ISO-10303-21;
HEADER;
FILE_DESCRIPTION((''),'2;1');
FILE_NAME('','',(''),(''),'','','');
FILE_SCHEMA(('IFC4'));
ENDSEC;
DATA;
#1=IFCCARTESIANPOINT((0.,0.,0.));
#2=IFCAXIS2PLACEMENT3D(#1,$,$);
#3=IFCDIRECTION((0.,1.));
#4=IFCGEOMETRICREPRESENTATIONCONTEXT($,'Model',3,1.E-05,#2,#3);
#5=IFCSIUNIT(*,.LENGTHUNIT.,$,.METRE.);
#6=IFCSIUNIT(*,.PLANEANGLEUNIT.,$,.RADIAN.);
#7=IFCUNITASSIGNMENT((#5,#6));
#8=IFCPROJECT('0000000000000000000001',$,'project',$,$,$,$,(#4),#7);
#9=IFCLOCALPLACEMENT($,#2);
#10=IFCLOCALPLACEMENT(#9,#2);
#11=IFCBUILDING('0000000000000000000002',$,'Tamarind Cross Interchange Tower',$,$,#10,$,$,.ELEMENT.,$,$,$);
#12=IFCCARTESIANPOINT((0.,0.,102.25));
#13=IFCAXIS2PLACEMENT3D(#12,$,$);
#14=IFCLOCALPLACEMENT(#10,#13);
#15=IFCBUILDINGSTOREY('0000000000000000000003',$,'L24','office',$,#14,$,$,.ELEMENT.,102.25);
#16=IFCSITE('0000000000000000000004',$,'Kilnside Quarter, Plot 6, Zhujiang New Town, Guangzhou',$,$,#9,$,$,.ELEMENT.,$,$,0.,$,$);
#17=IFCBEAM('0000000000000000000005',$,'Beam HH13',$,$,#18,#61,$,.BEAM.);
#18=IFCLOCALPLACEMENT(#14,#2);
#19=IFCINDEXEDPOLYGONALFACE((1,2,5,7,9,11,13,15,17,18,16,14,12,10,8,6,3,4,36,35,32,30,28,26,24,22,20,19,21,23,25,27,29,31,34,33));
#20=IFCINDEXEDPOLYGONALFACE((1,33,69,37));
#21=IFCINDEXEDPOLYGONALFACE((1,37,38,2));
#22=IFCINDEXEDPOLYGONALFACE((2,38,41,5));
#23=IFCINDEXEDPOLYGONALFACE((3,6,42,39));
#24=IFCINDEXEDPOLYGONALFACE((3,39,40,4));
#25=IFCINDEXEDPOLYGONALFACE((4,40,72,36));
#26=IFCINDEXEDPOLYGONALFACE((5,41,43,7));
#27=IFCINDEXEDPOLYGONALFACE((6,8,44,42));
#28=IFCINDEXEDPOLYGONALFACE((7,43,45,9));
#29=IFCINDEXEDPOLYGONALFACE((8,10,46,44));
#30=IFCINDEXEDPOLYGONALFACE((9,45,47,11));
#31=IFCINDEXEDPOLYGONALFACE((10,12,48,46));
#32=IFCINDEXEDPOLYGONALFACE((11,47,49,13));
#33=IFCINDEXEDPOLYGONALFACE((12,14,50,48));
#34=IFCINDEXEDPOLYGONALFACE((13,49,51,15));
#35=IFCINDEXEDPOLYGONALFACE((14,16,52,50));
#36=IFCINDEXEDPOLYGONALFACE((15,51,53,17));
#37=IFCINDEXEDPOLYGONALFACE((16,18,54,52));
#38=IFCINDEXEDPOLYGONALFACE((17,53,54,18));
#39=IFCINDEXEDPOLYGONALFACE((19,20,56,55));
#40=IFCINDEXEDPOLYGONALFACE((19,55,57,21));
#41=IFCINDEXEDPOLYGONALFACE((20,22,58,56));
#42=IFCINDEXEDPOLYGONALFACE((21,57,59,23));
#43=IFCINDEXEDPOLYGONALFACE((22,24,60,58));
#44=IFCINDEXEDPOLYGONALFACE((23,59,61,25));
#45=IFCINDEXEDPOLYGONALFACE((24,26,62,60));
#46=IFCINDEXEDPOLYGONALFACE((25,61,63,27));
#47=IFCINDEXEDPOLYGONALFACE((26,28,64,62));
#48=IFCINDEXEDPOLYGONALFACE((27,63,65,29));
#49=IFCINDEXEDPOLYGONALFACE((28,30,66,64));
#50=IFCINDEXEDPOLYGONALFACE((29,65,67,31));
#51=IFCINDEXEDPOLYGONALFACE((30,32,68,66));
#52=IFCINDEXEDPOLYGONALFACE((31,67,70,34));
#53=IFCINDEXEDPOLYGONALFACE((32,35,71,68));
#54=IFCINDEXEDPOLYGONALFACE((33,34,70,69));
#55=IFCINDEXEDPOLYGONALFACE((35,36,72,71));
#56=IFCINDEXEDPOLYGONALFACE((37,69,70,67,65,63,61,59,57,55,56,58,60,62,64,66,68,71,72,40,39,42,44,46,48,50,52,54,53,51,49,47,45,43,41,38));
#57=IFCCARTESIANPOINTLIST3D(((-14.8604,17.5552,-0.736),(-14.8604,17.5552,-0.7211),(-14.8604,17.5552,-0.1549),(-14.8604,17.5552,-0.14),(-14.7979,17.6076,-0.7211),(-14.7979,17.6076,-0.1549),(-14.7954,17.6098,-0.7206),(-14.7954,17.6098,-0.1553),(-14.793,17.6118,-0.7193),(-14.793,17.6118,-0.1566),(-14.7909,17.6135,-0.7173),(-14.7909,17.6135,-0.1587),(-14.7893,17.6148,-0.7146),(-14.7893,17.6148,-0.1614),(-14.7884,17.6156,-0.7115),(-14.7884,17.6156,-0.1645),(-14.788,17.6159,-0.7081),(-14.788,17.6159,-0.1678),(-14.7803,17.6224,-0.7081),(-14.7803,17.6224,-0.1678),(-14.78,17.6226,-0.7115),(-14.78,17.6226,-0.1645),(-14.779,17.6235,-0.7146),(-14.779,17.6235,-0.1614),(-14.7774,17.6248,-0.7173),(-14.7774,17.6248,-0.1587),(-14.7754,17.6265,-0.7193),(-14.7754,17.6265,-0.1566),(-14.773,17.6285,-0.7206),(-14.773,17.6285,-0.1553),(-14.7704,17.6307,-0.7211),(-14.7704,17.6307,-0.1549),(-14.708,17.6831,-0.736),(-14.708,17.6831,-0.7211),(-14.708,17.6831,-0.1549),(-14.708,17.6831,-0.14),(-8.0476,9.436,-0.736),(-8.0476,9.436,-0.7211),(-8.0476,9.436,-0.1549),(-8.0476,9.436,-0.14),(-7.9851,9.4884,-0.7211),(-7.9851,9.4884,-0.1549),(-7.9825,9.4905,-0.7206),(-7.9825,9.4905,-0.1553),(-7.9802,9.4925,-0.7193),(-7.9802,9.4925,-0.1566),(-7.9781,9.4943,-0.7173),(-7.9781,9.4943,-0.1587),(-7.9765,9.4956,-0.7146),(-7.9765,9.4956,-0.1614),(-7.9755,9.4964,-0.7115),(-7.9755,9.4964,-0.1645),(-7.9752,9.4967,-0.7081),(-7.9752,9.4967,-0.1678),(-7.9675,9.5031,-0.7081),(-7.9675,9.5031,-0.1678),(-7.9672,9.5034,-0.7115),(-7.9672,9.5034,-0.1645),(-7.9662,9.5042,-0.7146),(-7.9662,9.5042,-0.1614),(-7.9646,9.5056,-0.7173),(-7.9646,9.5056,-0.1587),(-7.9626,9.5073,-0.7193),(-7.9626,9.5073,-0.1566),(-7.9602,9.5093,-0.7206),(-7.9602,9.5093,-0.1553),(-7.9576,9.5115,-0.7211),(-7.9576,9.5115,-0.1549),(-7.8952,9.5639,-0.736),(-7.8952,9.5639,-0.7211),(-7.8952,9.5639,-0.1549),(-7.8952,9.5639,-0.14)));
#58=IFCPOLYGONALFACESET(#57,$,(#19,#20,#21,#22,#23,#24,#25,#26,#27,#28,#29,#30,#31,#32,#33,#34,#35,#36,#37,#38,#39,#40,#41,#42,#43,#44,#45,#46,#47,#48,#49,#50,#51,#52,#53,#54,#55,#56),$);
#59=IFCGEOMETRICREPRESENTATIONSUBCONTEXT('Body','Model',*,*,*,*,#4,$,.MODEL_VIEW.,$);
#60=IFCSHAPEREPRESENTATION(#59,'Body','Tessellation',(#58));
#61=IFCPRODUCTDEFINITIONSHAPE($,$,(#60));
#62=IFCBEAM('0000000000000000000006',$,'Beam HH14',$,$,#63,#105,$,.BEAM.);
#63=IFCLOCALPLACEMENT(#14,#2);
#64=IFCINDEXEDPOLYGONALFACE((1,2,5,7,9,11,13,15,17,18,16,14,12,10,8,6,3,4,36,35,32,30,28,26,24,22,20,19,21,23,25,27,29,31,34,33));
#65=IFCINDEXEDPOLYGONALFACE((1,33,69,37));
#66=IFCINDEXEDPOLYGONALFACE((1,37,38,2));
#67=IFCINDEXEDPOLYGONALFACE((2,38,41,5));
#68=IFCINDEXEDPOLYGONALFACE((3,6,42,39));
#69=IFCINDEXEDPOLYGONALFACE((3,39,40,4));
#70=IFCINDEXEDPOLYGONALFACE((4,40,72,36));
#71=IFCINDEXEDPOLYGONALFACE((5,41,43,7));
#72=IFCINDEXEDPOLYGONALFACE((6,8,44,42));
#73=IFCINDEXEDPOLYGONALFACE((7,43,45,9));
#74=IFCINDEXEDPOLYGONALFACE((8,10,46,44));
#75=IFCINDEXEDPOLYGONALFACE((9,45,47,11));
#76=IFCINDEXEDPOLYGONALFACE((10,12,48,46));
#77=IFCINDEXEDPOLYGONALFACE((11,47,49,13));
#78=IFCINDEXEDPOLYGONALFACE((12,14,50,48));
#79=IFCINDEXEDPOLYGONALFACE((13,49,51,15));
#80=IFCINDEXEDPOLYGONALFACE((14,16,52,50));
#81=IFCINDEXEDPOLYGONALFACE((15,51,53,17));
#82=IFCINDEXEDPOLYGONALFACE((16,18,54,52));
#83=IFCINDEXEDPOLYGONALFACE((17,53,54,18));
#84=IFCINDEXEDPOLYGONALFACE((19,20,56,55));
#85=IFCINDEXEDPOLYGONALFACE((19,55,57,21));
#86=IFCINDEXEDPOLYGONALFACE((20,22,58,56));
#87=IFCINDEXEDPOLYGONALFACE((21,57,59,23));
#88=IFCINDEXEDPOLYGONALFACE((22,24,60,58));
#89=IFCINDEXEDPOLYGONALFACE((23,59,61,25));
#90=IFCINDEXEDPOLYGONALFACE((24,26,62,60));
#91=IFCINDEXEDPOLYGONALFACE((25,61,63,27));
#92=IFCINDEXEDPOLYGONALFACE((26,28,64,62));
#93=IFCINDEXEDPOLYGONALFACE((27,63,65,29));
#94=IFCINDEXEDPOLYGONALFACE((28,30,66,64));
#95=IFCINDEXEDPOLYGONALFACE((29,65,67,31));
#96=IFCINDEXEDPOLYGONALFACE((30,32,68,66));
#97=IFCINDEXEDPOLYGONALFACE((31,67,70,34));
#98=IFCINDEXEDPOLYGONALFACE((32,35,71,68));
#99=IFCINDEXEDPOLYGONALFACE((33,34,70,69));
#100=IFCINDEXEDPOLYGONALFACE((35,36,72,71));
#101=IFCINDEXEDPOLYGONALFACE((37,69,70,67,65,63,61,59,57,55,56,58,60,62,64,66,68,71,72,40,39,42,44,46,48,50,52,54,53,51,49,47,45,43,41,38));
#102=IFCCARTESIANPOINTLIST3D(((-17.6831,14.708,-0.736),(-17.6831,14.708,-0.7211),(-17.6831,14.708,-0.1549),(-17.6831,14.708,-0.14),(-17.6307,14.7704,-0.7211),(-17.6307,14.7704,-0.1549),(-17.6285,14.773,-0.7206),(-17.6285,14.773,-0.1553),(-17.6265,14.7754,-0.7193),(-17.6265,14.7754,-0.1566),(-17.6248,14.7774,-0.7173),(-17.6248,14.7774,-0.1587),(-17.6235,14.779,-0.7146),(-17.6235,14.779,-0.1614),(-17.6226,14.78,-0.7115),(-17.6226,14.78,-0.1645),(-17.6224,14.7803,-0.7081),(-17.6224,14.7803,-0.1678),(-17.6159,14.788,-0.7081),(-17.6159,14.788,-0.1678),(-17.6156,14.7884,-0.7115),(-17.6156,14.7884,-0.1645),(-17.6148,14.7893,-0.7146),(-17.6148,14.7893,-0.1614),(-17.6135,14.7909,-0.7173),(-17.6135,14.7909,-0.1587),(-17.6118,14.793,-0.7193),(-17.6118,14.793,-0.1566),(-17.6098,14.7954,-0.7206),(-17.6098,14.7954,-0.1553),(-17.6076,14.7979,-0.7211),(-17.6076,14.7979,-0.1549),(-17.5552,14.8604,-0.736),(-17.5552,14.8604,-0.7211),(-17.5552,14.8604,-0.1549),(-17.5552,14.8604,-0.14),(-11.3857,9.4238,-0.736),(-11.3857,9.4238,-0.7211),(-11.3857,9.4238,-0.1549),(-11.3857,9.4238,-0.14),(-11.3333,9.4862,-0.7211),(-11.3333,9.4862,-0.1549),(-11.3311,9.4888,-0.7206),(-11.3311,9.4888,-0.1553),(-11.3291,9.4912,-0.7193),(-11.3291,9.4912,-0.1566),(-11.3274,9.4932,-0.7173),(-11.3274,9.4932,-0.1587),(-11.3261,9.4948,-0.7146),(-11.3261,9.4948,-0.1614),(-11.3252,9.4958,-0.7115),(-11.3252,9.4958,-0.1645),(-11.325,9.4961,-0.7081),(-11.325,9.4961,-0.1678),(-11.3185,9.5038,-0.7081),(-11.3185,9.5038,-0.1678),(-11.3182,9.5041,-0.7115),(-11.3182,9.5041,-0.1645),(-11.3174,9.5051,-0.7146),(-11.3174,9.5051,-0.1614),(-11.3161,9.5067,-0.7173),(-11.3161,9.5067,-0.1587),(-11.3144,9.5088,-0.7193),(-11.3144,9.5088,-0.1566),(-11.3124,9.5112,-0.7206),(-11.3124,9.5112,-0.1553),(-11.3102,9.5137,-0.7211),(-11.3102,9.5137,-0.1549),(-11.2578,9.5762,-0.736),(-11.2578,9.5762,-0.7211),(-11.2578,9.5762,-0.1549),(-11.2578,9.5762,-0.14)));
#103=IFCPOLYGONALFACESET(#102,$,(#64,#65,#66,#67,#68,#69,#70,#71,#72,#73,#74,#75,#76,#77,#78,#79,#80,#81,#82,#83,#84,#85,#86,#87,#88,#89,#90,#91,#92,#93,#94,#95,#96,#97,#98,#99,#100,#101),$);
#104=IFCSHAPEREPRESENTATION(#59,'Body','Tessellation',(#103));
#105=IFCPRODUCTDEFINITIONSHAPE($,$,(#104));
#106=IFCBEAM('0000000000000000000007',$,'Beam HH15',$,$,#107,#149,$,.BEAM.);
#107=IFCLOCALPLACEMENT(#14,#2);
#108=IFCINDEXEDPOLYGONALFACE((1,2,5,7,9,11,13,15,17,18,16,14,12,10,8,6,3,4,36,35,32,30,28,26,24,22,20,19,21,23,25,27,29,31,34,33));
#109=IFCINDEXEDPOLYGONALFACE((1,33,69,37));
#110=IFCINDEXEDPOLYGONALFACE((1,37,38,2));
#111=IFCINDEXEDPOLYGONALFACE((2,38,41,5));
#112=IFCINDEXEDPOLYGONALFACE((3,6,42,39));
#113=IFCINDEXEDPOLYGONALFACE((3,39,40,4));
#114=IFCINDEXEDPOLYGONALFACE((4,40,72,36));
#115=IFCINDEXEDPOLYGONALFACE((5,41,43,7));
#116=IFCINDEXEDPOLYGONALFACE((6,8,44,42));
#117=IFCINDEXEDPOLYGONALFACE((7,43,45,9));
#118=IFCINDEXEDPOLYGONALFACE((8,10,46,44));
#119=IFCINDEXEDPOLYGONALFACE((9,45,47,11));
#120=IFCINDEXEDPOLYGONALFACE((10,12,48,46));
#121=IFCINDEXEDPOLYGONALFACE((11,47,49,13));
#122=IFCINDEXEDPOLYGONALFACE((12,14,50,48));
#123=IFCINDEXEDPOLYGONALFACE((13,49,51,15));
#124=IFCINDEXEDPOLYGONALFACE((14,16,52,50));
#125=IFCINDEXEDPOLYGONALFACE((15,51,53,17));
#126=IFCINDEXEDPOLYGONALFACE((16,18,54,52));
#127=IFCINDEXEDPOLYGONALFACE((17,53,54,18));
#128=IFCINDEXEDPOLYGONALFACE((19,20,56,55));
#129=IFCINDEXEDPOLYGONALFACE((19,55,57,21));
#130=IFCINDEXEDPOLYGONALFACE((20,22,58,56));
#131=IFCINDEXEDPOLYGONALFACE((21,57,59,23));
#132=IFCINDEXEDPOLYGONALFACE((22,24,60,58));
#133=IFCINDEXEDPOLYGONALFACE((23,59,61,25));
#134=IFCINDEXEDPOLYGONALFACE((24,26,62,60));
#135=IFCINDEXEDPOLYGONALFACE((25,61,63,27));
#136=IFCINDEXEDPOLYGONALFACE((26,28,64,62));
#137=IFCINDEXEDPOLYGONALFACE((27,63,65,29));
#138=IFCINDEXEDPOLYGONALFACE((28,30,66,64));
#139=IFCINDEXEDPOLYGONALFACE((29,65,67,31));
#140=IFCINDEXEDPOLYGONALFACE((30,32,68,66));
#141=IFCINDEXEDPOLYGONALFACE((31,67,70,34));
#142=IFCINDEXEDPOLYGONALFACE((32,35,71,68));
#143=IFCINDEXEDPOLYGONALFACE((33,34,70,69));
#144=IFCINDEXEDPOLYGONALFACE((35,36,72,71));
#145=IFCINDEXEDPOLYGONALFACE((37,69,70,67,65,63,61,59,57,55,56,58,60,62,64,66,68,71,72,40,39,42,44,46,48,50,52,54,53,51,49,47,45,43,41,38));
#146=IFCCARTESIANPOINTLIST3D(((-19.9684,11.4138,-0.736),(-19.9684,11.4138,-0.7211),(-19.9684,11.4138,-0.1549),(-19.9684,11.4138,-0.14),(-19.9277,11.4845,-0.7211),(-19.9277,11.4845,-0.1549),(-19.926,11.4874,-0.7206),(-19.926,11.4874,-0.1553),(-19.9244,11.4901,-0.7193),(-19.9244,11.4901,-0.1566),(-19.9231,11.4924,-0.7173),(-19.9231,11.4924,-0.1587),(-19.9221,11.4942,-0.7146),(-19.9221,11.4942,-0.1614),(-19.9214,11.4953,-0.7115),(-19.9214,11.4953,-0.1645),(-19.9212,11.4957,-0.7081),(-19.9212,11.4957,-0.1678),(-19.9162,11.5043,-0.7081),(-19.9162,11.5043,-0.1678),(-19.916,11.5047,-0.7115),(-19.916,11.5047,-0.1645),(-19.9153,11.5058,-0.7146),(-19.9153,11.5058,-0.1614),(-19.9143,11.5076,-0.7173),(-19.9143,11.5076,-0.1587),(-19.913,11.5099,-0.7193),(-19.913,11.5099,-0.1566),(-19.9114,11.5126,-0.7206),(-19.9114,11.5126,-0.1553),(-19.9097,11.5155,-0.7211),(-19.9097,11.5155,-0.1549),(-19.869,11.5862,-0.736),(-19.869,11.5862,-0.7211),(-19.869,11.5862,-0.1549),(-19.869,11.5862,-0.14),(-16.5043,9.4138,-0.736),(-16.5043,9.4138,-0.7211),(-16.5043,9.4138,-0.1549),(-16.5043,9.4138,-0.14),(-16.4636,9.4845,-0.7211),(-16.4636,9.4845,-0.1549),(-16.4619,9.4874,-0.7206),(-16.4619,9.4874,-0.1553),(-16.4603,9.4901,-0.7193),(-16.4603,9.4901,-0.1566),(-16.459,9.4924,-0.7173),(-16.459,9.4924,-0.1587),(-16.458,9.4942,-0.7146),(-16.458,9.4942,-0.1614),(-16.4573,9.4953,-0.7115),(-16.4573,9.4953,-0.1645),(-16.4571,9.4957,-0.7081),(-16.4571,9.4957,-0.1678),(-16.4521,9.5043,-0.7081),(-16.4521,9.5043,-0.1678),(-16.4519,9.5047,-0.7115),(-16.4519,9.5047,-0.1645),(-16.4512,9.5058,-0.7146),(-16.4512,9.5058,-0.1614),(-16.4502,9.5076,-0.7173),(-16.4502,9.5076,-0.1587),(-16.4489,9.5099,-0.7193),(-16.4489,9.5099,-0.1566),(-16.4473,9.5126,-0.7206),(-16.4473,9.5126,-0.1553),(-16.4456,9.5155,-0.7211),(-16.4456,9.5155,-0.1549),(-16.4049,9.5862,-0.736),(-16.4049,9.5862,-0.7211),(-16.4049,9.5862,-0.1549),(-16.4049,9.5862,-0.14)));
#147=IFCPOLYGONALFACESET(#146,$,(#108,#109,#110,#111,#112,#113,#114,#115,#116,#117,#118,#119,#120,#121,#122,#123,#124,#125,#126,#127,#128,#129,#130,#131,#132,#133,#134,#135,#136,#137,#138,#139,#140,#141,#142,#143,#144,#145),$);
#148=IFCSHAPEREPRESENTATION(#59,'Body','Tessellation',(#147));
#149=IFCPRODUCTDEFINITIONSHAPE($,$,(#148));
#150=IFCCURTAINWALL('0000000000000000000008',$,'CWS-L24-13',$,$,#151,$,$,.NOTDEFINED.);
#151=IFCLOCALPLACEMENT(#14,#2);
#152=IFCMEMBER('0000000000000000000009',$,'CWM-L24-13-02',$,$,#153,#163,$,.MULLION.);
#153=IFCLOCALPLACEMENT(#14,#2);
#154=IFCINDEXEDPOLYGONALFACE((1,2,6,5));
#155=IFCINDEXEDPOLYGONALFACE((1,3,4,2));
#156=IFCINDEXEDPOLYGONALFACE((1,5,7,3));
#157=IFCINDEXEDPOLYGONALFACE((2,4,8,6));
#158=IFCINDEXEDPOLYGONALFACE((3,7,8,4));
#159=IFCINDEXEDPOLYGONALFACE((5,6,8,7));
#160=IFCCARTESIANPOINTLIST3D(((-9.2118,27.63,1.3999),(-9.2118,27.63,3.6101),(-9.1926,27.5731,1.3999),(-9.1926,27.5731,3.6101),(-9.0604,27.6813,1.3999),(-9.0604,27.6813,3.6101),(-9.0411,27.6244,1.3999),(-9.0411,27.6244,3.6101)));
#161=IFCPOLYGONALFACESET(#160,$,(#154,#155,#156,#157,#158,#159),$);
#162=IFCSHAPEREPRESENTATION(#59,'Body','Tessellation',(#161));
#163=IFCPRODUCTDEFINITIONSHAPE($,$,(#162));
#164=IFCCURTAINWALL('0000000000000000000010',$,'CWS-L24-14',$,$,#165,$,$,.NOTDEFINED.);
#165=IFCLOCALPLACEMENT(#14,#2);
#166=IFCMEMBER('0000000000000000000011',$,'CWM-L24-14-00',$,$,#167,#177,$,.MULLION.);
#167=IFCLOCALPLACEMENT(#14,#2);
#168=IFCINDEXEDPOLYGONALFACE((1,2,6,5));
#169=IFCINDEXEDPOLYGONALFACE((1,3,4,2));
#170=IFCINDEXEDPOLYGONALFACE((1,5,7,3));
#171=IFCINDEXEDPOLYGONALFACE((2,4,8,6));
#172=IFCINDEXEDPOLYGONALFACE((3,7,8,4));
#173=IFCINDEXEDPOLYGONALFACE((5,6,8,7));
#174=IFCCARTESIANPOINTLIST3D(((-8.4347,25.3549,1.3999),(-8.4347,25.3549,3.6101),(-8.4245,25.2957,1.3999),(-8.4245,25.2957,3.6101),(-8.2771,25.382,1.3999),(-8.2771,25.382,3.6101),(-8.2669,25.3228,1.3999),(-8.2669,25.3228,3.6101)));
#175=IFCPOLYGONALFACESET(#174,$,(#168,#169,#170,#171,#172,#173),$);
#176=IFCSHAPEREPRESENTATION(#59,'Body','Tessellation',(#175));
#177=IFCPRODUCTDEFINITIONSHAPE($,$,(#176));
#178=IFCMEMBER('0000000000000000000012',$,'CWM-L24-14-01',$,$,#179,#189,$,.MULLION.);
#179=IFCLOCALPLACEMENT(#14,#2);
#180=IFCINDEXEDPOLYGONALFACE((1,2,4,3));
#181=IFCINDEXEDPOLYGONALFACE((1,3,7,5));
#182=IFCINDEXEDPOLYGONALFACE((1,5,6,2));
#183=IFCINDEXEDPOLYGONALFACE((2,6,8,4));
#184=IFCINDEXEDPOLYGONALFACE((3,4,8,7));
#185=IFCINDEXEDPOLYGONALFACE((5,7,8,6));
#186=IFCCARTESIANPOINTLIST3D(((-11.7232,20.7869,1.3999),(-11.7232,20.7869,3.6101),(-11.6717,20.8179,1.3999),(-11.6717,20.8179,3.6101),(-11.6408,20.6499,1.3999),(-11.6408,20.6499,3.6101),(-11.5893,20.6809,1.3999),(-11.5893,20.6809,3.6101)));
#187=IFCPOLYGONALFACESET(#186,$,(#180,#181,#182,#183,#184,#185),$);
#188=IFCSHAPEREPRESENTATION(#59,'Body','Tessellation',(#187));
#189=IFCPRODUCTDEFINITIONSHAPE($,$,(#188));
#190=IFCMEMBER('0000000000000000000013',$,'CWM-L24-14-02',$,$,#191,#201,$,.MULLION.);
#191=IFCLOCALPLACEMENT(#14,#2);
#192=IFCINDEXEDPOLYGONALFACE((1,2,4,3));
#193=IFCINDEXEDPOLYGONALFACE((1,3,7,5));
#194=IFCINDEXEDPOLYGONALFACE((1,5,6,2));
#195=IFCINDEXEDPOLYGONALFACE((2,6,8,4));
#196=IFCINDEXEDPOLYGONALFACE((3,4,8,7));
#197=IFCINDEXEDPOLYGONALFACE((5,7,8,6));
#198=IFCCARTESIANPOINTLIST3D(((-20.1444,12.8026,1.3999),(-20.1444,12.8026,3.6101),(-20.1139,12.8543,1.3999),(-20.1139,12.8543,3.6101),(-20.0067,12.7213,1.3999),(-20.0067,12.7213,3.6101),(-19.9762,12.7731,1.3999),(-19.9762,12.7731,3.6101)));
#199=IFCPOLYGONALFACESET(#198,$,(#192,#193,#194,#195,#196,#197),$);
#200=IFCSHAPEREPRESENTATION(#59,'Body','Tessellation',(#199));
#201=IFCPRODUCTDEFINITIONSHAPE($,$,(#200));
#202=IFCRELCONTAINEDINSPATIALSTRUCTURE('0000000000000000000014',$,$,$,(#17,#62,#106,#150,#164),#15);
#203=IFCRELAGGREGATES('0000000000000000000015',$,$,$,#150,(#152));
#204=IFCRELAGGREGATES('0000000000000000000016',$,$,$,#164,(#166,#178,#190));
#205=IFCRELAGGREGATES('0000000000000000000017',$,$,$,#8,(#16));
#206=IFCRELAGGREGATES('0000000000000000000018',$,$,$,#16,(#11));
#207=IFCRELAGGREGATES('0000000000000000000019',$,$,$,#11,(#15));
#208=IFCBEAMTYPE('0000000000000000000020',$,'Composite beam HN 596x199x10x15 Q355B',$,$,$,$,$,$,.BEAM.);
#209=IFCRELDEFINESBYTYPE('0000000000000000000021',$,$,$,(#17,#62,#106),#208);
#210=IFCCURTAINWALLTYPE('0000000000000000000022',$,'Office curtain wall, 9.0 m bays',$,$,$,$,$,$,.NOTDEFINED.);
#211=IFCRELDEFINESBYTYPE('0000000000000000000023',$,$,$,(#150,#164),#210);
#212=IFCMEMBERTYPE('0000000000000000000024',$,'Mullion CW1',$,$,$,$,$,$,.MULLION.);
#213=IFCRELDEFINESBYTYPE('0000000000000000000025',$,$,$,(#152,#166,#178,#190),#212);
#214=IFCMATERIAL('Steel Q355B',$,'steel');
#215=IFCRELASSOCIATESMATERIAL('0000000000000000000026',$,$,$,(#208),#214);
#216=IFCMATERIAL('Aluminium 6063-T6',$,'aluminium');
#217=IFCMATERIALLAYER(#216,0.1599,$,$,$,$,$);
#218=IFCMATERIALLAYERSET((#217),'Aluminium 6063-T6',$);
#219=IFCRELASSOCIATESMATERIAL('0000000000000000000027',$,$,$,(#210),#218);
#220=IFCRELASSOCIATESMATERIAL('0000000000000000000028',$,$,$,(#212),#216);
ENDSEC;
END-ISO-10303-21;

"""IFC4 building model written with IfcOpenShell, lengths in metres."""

from ifc_helpers import new_model, si_unit, direction, frame, origin, origin_2d, place, context, subcontext, project, spatial, rectangle, i_section, extrude, material, layer, layer_set, material_profile, profile_set, type_object, element, aggregate, save


model = new_model("IFC4")

# Units and contexts
model_context = context("Model", 3, precision=1e-05, world=origin(), true_north=direction((0.0, 1.0)))
body_context = subcontext(model_context, "Body", "Model", "MODEL_VIEW")
ifc_project = project(units=[si_unit("LENGTHUNIT", "METRE"), si_unit("PLANEANGLEUNIT", "RADIAN")], contexts=[model_context])

# Site, building, storey
site_placement = place(None, origin())
site = spatial("IfcSite", under=ifc_project, at=site_placement, Name="Kilnside Quarter, Plot 6, Zhujiang New Town, Guangzhou", CompositionType="ELEMENT", RefElevation=0.0)
building_placement = place(site_placement, origin())
building = spatial("IfcBuilding", under=site, at=building_placement, Name="Tamarind Cross Interchange Tower", CompositionType="ELEMENT")
storey_placement = place(building_placement, frame((0.0, 0.0, 102.25)))
storey = spatial("IfcBuildingStorey", under=building, at=storey_placement, Name="L24", Description="office", CompositionType="ELEMENT", Elevation=102.25)

# Beams
ifc_material_1 = material(Name="Steel Q355B", Category="steel")
ifc_material_profile_1 = material_profile(ifc_material_1, i_section(OverallWidth=0.199, OverallDepth=0.5959, WebThickness=0.01, FlangeThickness=0.0149, FilletRadius=0.0129, at=origin_2d()), Name="HN 596x199x10x15")
ifc_profile_set_1 = profile_set([ifc_material_profile_1], Name="Steel Q355B")
beam_type = type_object("IfcBeamType", Name="Composite beam HN 596x199x10x15 Q355B", PredefinedType="BEAM", material=ifc_profile_set_1)
beam_1_placement = place(storey_placement, frame((-14.7842, 17.6191, -0.438), z_axis=(0.642786, -0.766046, 0.0), x_axis=(0.766046, 0.642786, 0.0)))
element("IfcBeam", 1, at=beam_1_placement, inside=storey, type_object=beam_type, Name="Beam HH13", PredefinedType="BEAM", context=body_context, shape_type="SweptSolid", body=[
    extrude(i_section(OverallWidth=0.199, OverallDepth=0.5959, WebThickness=0.01, FlangeThickness=0.0149, FilletRadius=0.0129, at=origin_2d()), origin(), (0.0, 0.0, 1.0), 10.5989),
])
beam_2_placement = place(storey_placement, frame((-17.6191, 14.7842, -0.438), z_axis=(0.766041, -0.642792, 0.0), x_axis=(0.642792, 0.766041, 0.0)))
element("IfcBeam", 2, at=beam_2_placement, inside=storey, type_object=beam_type, Name="Beam HH14", PredefinedType="BEAM", context=body_context, shape_type="SweptSolid", body=[
    extrude(i_section(OverallWidth=0.199, OverallDepth=0.5959, WebThickness=0.01, FlangeThickness=0.0149, FilletRadius=0.0129, at=origin_2d()), origin(), (0.0, 0.0, 1.0), 8.2207),
])
beam_3_placement = place(storey_placement, frame((-19.9187, 11.5, -0.438), z_axis=(0.866026, -0.499999, 0.0), x_axis=(0.499999, 0.866026, 0.0)))
element("IfcBeam", 3, at=beam_3_placement, inside=storey, type_object=beam_type, Name="Beam HH15", PredefinedType="BEAM", context=body_context, shape_type="SweptSolid", body=[
    extrude(i_section(OverallWidth=0.199, OverallDepth=0.5959, WebThickness=0.01, FlangeThickness=0.0149, FilletRadius=0.0129, at=origin_2d()), origin(), (0.0, 0.0, 1.0), 4.0),
])

# Curtain wall, member
ifc_material_2 = material(Name="Aluminium 6063-T6", Category="aluminium")
ifc_layer_1 = layer(ifc_material_2, 0.1599)
ifc_layer_set_1 = layer_set([ifc_layer_1], Name="Aluminium 6063-T6")
curtain_wall_type = type_object("IfcCurtainWallType", Name="Office curtain wall, 9.0 m bays", PredefinedType="NOTDEFINED", material=ifc_layer_set_1)
curtain_wall_1_placement = place(storey_placement, origin())
curtain_wall_1 = element("IfcCurtainWall", 4, at=curtain_wall_1_placement, inside=storey, type_object=curtain_wall_type, Name="CWS-L24-13", PredefinedType="NOTDEFINED")
ifc_material_profile_2 = material_profile(ifc_material_2, rectangle(XDim=0.0601, YDim=0.1599, at=origin_2d()), Name="Mullion CW1")
ifc_profile_set_2 = profile_set([ifc_material_profile_2], Name="Aluminium 6063-T6")
member_type = type_object("IfcMemberType", Name="Mullion CW1", PredefinedType="MULLION", material=ifc_profile_set_2)
member_1_placement = place(storey_placement, frame((-9.1265, 27.6272, 1.3999), z_axis=(0.0, 0.0, 1.0), x_axis=(0.320959, -0.947093, 0.0)))
member_1 = element("IfcMember", 5, at=member_1_placement, type_object=member_type, Name="CWM-L24-13-02", PredefinedType="MULLION", context=body_context, shape_type="SweptSolid", body=[
    extrude(rectangle(XDim=0.0601, YDim=0.1599, at=origin_2d()), origin(), (0.0, 0.0, 1.0), 2.2102),
])
aggregate(curtain_wall_1, [member_1])

# Curtain wall, members
curtain_wall_2_placement = place(storey_placement, origin())
curtain_wall_2 = element("IfcCurtainWall", 6, at=curtain_wall_2_placement, inside=storey, type_object=curtain_wall_type, Name="CWS-L24-14", PredefinedType="NOTDEFINED")
member_2_placement = place(storey_placement, frame((-8.3508, 25.3389, 1.3999), z_axis=(0.0, 0.0, 1.0), x_axis=(0.169628, -0.985508, 0.0)))
member_2 = element("IfcMember", 7, at=member_2_placement, type_object=member_type, Name="CWM-L24-14-00", PredefinedType="MULLION", context=body_context, shape_type="SweptSolid", body=[
    extrude(rectangle(XDim=0.0601, YDim=0.1599, at=origin_2d()), origin(), (0.0, 0.0, 1.0), 2.2102),
])
member_3_placement = place(storey_placement, frame((-11.6562, 20.7339, 1.3999), z_axis=(0.0, 0.0, 1.0), x_axis=(-0.856843, -0.515577, 0.0)))
member_3 = element("IfcMember", 8, at=member_3_placement, type_object=member_type, Name="CWM-L24-14-01", PredefinedType="MULLION", context=body_context, shape_type="SweptSolid", body=[
    extrude(rectangle(XDim=0.0601, YDim=0.1599, at=origin_2d()), origin(), (0.0, 0.0, 1.0), 2.2102),
])
member_4_placement = place(storey_placement, frame((-20.0603, 12.7878, 1.3999), z_axis=(0.0, 0.0, 1.0), x_axis=(-0.508183, -0.861249, 0.0)))
member_4 = element("IfcMember", 9, at=member_4_placement, type_object=member_type, Name="CWM-L24-14-02", PredefinedType="MULLION", context=body_context, shape_type="SweptSolid", body=[
    extrude(rectangle(XDim=0.0601, YDim=0.1599, at=origin_2d()), origin(), (0.0, 0.0, 1.0), 2.2102),
])
aggregate(curtain_wall_2, [member_2, member_3, member_4])

save(model, "model.ifc")
